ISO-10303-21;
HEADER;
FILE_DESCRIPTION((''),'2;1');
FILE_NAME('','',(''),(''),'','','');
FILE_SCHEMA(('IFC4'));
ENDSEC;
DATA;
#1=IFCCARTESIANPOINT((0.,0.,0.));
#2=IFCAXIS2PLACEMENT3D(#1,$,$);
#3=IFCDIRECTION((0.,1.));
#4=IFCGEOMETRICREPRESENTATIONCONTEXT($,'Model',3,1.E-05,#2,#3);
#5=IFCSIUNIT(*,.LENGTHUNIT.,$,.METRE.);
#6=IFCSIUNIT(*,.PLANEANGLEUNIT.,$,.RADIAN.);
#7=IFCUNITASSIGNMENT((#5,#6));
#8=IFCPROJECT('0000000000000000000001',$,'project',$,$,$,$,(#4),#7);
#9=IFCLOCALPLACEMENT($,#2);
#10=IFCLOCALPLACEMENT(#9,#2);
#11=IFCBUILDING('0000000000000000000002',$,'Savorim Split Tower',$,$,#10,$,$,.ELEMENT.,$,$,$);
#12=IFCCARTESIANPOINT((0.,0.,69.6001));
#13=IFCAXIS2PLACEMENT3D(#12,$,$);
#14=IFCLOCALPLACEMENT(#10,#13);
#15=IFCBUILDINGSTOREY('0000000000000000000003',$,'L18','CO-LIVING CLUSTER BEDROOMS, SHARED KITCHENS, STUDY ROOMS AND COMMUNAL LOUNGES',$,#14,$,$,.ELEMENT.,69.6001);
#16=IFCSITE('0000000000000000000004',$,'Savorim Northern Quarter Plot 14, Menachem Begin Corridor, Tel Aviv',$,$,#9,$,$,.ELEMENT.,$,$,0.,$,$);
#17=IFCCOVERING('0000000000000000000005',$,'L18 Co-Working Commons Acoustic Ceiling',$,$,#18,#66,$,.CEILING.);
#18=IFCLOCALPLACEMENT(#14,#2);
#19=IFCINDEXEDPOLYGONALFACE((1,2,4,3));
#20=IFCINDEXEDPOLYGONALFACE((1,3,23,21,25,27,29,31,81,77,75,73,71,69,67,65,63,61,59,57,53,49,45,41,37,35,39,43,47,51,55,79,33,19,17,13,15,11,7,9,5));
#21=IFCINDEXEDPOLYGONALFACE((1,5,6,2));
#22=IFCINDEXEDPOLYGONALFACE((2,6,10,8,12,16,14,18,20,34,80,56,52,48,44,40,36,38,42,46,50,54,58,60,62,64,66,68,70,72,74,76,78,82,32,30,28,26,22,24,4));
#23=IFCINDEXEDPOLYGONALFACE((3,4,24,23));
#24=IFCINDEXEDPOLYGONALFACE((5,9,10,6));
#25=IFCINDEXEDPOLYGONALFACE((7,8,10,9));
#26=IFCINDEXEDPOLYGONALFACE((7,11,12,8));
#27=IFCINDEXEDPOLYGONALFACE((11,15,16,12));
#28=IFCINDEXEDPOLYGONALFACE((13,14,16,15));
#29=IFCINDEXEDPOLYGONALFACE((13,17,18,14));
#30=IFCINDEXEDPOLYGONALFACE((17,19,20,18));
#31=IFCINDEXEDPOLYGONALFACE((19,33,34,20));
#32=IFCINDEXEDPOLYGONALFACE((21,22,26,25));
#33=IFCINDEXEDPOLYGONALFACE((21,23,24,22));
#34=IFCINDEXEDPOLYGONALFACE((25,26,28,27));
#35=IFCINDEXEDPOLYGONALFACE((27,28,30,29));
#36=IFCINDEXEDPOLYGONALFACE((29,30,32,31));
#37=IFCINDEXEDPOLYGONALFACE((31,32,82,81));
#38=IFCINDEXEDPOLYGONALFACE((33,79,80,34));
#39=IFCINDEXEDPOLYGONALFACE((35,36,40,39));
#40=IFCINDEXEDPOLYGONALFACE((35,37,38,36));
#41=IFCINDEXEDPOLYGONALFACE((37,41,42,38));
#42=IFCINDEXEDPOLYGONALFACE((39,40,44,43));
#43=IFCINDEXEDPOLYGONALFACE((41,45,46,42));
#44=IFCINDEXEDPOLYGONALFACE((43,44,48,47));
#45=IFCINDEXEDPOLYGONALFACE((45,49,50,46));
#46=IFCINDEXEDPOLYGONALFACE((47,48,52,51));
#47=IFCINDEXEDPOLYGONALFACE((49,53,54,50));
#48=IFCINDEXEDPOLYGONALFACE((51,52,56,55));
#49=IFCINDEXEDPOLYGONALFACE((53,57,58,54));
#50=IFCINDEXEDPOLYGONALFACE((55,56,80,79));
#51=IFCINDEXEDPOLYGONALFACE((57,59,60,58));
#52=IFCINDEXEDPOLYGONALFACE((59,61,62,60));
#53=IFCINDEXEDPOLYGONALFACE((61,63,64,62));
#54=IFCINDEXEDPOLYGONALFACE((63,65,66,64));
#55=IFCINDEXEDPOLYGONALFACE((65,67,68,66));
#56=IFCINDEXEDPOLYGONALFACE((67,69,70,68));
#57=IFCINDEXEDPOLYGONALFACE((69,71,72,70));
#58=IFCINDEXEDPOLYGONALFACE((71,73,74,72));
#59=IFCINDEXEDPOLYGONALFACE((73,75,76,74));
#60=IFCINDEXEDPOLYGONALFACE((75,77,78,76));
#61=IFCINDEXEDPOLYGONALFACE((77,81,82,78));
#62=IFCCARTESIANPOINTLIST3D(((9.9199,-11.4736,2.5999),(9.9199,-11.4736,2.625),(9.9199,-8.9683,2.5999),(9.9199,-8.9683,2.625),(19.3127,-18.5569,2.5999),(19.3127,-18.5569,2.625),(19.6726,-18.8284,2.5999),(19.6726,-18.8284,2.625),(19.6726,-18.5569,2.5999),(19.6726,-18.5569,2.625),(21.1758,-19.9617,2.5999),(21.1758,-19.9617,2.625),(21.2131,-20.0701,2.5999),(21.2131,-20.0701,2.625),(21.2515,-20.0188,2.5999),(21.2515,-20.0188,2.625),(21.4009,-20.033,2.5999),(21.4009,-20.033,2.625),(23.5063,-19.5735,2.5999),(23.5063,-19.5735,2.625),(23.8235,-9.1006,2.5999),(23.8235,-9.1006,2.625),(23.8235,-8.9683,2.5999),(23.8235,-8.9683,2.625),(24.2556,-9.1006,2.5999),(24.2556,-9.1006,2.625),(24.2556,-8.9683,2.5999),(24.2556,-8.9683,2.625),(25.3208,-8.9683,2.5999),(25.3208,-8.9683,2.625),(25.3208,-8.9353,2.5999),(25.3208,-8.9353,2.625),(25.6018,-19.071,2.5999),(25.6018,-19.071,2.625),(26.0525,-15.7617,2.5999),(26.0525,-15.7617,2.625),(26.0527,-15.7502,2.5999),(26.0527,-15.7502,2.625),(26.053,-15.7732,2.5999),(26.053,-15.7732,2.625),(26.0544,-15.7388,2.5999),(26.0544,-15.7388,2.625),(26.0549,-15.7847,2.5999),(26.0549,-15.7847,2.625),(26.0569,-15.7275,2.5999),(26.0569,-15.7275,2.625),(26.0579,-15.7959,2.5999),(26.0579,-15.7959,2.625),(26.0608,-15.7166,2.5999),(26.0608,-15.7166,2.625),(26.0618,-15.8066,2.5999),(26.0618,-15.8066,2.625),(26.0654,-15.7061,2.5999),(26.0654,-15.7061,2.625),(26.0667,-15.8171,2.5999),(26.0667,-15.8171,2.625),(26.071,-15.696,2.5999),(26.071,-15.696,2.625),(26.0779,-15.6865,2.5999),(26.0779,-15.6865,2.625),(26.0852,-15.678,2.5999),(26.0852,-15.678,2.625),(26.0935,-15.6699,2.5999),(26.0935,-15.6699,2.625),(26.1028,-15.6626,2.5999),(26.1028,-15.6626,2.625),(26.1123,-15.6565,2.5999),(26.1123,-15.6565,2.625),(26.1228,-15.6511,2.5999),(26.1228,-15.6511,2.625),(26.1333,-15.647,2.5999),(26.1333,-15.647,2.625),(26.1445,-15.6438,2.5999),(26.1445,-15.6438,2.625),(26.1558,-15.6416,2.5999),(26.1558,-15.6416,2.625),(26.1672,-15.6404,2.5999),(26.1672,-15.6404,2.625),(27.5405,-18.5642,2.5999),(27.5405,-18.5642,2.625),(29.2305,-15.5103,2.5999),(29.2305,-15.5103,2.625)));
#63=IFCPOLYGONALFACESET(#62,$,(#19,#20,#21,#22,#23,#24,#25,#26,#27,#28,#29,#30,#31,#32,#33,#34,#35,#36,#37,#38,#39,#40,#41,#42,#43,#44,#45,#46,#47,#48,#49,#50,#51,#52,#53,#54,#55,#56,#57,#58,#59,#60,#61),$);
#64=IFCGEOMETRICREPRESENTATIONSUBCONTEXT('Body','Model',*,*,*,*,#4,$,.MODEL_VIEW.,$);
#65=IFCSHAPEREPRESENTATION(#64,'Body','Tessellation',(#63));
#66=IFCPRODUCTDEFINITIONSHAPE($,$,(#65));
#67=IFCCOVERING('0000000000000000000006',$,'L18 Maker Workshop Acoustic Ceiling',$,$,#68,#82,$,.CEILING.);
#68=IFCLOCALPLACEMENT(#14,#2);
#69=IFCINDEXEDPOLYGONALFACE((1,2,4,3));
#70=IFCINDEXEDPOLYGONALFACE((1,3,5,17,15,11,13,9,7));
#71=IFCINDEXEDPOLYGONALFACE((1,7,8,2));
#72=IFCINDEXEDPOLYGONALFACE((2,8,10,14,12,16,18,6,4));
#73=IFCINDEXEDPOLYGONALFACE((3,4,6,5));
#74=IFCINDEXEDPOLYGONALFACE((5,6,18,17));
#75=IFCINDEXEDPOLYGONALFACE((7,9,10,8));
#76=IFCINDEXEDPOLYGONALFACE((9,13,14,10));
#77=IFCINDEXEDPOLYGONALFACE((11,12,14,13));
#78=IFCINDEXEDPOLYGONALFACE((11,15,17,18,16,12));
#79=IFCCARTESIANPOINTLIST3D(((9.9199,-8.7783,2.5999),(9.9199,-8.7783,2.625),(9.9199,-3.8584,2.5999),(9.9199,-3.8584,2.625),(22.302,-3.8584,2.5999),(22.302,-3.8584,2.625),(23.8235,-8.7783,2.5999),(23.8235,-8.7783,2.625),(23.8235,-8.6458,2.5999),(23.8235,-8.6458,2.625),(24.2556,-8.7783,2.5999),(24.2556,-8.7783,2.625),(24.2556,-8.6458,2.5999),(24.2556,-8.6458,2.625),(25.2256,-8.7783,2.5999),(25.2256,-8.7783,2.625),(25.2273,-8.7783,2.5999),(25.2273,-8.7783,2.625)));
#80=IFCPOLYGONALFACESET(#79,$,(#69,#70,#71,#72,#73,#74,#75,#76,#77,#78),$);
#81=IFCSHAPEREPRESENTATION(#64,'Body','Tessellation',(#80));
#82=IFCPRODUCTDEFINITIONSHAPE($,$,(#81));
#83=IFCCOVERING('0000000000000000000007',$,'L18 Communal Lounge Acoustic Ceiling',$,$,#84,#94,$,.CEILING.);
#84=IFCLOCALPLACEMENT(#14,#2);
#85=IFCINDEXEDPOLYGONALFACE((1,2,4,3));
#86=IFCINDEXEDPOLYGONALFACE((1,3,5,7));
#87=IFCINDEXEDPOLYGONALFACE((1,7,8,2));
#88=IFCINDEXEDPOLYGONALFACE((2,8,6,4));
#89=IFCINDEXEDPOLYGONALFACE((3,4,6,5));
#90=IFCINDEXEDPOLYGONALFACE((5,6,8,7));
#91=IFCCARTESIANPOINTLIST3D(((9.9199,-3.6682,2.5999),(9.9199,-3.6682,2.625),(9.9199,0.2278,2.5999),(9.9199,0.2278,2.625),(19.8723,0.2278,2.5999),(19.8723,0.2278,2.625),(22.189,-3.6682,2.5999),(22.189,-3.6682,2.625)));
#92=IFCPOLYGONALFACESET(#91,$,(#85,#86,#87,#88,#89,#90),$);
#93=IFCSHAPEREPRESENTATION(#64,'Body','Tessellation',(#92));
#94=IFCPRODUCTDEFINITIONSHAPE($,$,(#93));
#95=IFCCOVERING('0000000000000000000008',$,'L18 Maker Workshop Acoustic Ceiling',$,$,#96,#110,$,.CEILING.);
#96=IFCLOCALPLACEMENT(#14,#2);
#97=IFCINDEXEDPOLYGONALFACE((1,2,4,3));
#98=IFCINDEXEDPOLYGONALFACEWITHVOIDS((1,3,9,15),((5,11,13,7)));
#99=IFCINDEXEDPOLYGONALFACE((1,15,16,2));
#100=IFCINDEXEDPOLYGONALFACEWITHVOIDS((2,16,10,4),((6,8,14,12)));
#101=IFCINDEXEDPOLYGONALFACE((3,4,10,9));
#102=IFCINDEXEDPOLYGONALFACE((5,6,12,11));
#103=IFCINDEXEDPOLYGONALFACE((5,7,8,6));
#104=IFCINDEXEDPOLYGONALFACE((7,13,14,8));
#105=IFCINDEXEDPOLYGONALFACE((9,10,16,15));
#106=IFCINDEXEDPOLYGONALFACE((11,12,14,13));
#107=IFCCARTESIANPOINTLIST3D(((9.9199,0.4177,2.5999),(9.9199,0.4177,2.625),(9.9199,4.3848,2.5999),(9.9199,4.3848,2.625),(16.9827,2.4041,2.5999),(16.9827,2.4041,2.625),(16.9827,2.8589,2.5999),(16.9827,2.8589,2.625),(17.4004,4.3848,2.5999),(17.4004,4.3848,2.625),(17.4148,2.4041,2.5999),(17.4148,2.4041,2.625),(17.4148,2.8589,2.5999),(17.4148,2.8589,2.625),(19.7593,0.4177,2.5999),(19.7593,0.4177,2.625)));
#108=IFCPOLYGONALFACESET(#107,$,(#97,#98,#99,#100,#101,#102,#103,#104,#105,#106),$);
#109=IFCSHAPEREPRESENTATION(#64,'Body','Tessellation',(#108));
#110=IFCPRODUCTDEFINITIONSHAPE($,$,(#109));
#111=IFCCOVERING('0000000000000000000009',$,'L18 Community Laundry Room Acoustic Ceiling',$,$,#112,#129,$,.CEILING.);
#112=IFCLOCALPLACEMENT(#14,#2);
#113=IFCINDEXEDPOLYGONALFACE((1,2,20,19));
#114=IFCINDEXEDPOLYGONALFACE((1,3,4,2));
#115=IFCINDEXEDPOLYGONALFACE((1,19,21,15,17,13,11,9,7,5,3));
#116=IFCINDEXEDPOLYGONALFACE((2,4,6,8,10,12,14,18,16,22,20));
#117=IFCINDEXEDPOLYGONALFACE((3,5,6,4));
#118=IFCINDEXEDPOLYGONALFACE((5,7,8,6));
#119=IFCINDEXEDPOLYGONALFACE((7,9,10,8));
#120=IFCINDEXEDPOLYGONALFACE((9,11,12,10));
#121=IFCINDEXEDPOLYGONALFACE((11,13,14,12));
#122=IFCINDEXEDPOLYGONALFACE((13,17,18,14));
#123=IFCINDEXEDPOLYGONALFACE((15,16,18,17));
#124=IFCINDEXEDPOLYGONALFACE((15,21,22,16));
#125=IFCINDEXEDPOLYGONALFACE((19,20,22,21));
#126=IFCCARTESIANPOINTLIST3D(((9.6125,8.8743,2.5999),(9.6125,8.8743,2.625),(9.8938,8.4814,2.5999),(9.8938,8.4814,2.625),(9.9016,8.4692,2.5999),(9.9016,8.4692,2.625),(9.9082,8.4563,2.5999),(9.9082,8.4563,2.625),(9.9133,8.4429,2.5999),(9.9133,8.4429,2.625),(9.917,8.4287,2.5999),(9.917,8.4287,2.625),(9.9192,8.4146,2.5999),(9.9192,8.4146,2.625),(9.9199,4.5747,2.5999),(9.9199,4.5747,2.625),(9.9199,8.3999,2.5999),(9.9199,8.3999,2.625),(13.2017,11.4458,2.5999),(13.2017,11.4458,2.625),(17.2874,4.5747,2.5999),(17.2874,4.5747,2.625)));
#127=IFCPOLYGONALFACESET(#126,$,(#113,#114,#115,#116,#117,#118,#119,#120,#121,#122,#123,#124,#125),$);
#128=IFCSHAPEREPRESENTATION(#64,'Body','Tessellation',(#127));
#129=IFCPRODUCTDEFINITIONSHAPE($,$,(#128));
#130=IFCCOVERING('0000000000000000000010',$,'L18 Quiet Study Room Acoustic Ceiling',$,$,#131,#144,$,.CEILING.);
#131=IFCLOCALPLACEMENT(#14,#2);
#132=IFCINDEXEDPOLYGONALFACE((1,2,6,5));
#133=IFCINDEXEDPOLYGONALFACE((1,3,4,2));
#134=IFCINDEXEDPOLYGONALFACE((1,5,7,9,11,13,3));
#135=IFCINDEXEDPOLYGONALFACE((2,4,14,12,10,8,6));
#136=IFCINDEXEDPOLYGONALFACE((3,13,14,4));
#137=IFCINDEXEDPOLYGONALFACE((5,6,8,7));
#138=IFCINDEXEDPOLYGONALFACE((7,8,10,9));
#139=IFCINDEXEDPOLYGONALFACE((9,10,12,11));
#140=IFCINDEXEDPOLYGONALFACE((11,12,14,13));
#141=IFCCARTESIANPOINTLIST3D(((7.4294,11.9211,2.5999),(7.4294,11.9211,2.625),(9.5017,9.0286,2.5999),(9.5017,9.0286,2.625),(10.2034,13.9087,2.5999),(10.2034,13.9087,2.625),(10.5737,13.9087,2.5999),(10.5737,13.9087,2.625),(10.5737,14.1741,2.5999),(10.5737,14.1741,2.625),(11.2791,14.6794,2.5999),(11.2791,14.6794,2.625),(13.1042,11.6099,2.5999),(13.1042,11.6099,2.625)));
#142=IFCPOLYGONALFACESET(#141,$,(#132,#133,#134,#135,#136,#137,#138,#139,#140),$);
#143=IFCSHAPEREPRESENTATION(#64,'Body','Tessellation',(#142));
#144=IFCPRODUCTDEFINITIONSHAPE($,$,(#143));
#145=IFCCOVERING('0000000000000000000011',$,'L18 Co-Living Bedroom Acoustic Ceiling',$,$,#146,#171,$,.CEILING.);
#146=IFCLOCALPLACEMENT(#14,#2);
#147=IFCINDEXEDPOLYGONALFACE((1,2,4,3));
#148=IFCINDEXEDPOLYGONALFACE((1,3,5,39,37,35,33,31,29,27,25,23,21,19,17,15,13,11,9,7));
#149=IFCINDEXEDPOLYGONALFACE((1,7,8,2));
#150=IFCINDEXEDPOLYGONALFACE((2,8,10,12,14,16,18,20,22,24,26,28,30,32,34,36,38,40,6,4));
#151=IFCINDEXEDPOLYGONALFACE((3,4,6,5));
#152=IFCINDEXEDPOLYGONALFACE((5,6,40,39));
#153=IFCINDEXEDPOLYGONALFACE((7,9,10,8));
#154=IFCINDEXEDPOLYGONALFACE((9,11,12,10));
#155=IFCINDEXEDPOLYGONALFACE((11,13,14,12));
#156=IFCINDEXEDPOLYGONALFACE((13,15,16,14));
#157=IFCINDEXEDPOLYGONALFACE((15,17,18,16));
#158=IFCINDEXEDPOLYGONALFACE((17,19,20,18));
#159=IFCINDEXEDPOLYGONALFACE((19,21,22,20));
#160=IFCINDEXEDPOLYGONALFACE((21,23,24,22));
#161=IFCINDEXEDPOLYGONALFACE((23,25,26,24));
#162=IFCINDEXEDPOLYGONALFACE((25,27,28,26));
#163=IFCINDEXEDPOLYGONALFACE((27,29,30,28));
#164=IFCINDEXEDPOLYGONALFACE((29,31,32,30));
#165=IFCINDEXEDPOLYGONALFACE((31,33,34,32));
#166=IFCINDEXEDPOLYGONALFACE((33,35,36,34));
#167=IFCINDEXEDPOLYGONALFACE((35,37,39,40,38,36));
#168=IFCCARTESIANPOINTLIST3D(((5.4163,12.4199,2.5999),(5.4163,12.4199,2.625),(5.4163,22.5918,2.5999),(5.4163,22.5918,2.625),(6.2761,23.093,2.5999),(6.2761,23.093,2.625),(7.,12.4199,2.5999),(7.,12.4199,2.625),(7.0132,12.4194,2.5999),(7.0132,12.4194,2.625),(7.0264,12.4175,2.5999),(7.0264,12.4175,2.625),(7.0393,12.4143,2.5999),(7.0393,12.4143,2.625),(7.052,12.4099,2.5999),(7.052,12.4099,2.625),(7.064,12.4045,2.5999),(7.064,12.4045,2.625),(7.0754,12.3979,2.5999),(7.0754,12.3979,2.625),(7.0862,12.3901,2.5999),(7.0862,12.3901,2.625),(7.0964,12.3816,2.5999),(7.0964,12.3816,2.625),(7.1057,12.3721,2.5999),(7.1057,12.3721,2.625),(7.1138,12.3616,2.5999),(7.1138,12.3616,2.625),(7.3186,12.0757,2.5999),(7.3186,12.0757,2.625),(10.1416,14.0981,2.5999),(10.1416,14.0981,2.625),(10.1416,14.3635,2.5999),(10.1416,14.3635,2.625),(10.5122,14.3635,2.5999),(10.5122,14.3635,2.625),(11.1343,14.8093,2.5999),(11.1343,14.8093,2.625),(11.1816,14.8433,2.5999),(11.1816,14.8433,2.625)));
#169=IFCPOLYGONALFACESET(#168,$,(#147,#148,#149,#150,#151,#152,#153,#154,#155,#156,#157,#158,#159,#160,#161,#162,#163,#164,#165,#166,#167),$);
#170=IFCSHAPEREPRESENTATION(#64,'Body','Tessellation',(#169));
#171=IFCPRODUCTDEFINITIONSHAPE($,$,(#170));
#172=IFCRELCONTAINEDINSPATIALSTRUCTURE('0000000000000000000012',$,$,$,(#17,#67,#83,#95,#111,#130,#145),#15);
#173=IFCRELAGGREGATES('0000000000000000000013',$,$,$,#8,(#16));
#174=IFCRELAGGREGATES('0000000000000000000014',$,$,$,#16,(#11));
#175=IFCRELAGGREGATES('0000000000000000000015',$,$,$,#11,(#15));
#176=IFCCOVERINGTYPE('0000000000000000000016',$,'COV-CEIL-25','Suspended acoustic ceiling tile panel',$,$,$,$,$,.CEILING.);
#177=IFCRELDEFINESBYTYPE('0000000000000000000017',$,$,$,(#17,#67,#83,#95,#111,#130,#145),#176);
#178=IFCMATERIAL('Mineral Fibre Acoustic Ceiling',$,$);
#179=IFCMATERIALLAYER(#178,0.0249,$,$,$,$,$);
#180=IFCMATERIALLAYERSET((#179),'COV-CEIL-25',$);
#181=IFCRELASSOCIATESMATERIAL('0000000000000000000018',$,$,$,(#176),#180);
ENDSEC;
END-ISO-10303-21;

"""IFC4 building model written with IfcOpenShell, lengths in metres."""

from ifc_helpers import new_model, si_unit, direction, frame, origin, place, context, subcontext, project, spatial, polyline, outline, extrude, material, layer, layer_set, type_object, element, save


model = new_model("IFC4")

# Units and contexts
model_context = context("Model", 3, precision=1e-05, world=origin(), true_north=direction((0.0, 1.0)))
body_context = subcontext(model_context, "Body", "Model", "MODEL_VIEW")
ifc_project = project(units=[si_unit("LENGTHUNIT", "METRE"), si_unit("PLANEANGLEUNIT", "RADIAN")], contexts=[model_context])

# Site, building, storey
site_placement = place(None, origin())
site = spatial("IfcSite", under=ifc_project, at=site_placement, Name="Savorim Northern Quarter Plot 14, Menachem Begin Corridor, Tel Aviv", CompositionType="ELEMENT", RefElevation=0.0)
building_placement = place(site_placement, origin())
building = spatial("IfcBuilding", under=site, at=building_placement, Name="Savorim Split Tower", CompositionType="ELEMENT")
storey_placement = place(building_placement, frame((0.0, 0.0, 69.6001)))
storey = spatial("IfcBuildingStorey", under=building, at=storey_placement, Name="L18", Description="CO-LIVING CLUSTER BEDROOMS, SHARED KITCHENS, STUDY ROOMS AND COMMUNAL LOUNGES", CompositionType="ELEMENT", Elevation=69.6001)

# Coverings
ifc_material_1 = material(Name="Mineral Fibre Acoustic Ceiling")
ifc_layer_1 = layer(ifc_material_1, 0.0249)
ifc_layer_set_1 = layer_set([ifc_layer_1], Name="COV-CEIL-25")
covering_type_1 = type_object("IfcCoveringType", Name="COV-CEIL-25", Description="Suspended acoustic ceiling tile panel", PredefinedType="CEILING", material=ifc_layer_set_1)
covering_1_placement = place(storey_placement, frame((0.0, 0.0, 2.5999)))
element("IfcCovering", 1, at=covering_1_placement, inside=storey, type_object=covering_type_1, Name="L18 Co-Working Commons Acoustic Ceiling", PredefinedType="CEILING", context=body_context, shape_type="SweptSolid", body=[
    extrude(outline(polyline([(26.1445, -15.6438), (26.1558, -15.6416), (26.1672, -15.6404), (29.2305, -15.5103), (25.3208, -8.9353), (25.3208, -8.9683), (24.2556, -8.9683), (24.2556, -9.1006), (23.8235, -9.1006), (23.8235, -8.9683), (9.9199, -8.9683), (9.9199, -11.4736), (19.3127, -18.5569), (19.6726, -18.5569), (19.6726, -18.8284), (21.1758, -19.9617), (21.2515, -20.0188), (21.2131, -20.0701), (21.4009, -20.033), (23.5063, -19.5735), (25.6018, -19.071), (27.5405, -18.5642), (26.0667, -15.8171), (26.0618, -15.8066), (26.0579, -15.7959), (26.0549, -15.7847), (26.053, -15.7732), (26.0525, -15.7617), (26.0527, -15.7502), (26.0544, -15.7388), (26.0569, -15.7275), (26.0608, -15.7166), (26.0654, -15.7061), (26.071, -15.696), (26.0779, -15.6865), (26.0852, -15.678), (26.0935, -15.6699), (26.1028, -15.6626), (26.1123, -15.6565), (26.1228, -15.6511), (26.1333, -15.647), (26.1445, -15.6438)])), origin(), (0.0, 0.0, 1.0), 0.0251),
])
covering_2_placement = place(storey_placement, frame((0.0, 0.0, 2.5999)))
element("IfcCovering", 2, at=covering_2_placement, inside=storey, type_object=covering_type_1, Name="L18 Maker Workshop Acoustic Ceiling", PredefinedType="CEILING", context=body_context, shape_type="SweptSolid", body=[
    extrude(outline(polyline([(24.2556, -8.6458), (24.2556, -8.7783), (25.2256, -8.7783), (25.2273, -8.7783), (22.302, -3.8584), (9.9199, -3.8584), (9.9199, -8.7783), (23.8235, -8.7783), (23.8235, -8.6458), (24.2556, -8.6458)])), origin(), (0.0, 0.0, 1.0), 0.0251),
])
covering_3_placement = place(storey_placement, frame((0.0, 0.0, 2.5999)))
element("IfcCovering", 3, at=covering_3_placement, inside=storey, type_object=covering_type_1, Name="L18 Communal Lounge Acoustic Ceiling", PredefinedType="CEILING", context=body_context, shape_type="SweptSolid", body=[
    extrude(outline(polyline([(22.189, -3.6682), (19.8723, 0.2278), (9.9199, 0.2278), (9.9199, -3.6682), (22.189, -3.6682)])), origin(), (0.0, 0.0, 1.0), 0.0251),
])
covering_4_placement = place(storey_placement, frame((0.0, 0.0, 2.5999)))
element("IfcCovering", 4, at=covering_4_placement, inside=storey, type_object=covering_type_1, Name="L18 Maker Workshop Acoustic Ceiling", PredefinedType="CEILING", context=body_context, shape_type="SweptSolid", body=[
    extrude(outline(polyline([(19.7593, 0.4177), (17.4004, 4.3848), (9.9199, 4.3848), (9.9199, 0.4177), (19.7593, 0.4177)]), holes=[polyline([(17.4148, 2.4041), (17.4148, 2.8589), (16.9827, 2.8589), (16.9827, 2.4041), (17.4148, 2.4041)])]), origin(), (0.0, 0.0, 1.0), 0.0251),
])
covering_5_placement = place(storey_placement, frame((0.0, 0.0, 2.5999)))
element("IfcCovering", 5, at=covering_5_placement, inside=storey, type_object=covering_type_1, Name="L18 Community Laundry Room Acoustic Ceiling", PredefinedType="CEILING", context=body_context, shape_type="SweptSolid", body=[
    extrude(outline(polyline([(9.917, 8.4287), (9.9192, 8.4146), (9.9199, 8.3999), (9.9199, 4.5747), (17.2874, 4.5747), (13.2017, 11.4458), (9.6125, 8.8743), (9.8938, 8.4814), (9.9016, 8.4692), (9.9082, 8.4563), (9.9133, 8.4429), (9.917, 8.4287)])), origin(), (0.0, 0.0, 1.0), 0.0251),
])
covering_6_placement = place(storey_placement, frame((0.0, 0.0, 2.5999)))
element("IfcCovering", 6, at=covering_6_placement, inside=storey, type_object=covering_type_1, Name="L18 Quiet Study Room Acoustic Ceiling", PredefinedType="CEILING", context=body_context, shape_type="SweptSolid", body=[
    extrude(outline(polyline([(10.5737, 13.9087), (10.2034, 13.9087), (7.4294, 11.9211), (9.5017, 9.0286), (13.1042, 11.6099), (11.2791, 14.6794), (10.5737, 14.1741), (10.5737, 13.9087)])), origin(), (0.0, 0.0, 1.0), 0.0251),
])
covering_7_placement = place(storey_placement, frame((0.0, 0.0, 2.5999)))
element("IfcCovering", 7, at=covering_7_placement, inside=storey, type_object=covering_type_1, Name="L18 Co-Living Bedroom Acoustic Ceiling", PredefinedType="CEILING", context=body_context, shape_type="SweptSolid", body=[
    extrude(outline(polyline([(11.1343, 14.8093), (11.1816, 14.8433), (6.2761, 23.093), (5.4163, 22.5918), (5.4163, 12.4199), (7.0, 12.4199), (7.0132, 12.4194), (7.0264, 12.4175), (7.0393, 12.4143), (7.052, 12.4099), (7.064, 12.4045), (7.0754, 12.3979), (7.0862, 12.3901), (7.0964, 12.3816), (7.1057, 12.3721), (7.1138, 12.3616), (7.3186, 12.0757), (10.1416, 14.0981), (10.1416, 14.3635), (10.5122, 14.3635), (11.1343, 14.8093)])), origin(), (0.0, 0.0, 1.0), 0.0251),
])

save(model, "model.ifc")
